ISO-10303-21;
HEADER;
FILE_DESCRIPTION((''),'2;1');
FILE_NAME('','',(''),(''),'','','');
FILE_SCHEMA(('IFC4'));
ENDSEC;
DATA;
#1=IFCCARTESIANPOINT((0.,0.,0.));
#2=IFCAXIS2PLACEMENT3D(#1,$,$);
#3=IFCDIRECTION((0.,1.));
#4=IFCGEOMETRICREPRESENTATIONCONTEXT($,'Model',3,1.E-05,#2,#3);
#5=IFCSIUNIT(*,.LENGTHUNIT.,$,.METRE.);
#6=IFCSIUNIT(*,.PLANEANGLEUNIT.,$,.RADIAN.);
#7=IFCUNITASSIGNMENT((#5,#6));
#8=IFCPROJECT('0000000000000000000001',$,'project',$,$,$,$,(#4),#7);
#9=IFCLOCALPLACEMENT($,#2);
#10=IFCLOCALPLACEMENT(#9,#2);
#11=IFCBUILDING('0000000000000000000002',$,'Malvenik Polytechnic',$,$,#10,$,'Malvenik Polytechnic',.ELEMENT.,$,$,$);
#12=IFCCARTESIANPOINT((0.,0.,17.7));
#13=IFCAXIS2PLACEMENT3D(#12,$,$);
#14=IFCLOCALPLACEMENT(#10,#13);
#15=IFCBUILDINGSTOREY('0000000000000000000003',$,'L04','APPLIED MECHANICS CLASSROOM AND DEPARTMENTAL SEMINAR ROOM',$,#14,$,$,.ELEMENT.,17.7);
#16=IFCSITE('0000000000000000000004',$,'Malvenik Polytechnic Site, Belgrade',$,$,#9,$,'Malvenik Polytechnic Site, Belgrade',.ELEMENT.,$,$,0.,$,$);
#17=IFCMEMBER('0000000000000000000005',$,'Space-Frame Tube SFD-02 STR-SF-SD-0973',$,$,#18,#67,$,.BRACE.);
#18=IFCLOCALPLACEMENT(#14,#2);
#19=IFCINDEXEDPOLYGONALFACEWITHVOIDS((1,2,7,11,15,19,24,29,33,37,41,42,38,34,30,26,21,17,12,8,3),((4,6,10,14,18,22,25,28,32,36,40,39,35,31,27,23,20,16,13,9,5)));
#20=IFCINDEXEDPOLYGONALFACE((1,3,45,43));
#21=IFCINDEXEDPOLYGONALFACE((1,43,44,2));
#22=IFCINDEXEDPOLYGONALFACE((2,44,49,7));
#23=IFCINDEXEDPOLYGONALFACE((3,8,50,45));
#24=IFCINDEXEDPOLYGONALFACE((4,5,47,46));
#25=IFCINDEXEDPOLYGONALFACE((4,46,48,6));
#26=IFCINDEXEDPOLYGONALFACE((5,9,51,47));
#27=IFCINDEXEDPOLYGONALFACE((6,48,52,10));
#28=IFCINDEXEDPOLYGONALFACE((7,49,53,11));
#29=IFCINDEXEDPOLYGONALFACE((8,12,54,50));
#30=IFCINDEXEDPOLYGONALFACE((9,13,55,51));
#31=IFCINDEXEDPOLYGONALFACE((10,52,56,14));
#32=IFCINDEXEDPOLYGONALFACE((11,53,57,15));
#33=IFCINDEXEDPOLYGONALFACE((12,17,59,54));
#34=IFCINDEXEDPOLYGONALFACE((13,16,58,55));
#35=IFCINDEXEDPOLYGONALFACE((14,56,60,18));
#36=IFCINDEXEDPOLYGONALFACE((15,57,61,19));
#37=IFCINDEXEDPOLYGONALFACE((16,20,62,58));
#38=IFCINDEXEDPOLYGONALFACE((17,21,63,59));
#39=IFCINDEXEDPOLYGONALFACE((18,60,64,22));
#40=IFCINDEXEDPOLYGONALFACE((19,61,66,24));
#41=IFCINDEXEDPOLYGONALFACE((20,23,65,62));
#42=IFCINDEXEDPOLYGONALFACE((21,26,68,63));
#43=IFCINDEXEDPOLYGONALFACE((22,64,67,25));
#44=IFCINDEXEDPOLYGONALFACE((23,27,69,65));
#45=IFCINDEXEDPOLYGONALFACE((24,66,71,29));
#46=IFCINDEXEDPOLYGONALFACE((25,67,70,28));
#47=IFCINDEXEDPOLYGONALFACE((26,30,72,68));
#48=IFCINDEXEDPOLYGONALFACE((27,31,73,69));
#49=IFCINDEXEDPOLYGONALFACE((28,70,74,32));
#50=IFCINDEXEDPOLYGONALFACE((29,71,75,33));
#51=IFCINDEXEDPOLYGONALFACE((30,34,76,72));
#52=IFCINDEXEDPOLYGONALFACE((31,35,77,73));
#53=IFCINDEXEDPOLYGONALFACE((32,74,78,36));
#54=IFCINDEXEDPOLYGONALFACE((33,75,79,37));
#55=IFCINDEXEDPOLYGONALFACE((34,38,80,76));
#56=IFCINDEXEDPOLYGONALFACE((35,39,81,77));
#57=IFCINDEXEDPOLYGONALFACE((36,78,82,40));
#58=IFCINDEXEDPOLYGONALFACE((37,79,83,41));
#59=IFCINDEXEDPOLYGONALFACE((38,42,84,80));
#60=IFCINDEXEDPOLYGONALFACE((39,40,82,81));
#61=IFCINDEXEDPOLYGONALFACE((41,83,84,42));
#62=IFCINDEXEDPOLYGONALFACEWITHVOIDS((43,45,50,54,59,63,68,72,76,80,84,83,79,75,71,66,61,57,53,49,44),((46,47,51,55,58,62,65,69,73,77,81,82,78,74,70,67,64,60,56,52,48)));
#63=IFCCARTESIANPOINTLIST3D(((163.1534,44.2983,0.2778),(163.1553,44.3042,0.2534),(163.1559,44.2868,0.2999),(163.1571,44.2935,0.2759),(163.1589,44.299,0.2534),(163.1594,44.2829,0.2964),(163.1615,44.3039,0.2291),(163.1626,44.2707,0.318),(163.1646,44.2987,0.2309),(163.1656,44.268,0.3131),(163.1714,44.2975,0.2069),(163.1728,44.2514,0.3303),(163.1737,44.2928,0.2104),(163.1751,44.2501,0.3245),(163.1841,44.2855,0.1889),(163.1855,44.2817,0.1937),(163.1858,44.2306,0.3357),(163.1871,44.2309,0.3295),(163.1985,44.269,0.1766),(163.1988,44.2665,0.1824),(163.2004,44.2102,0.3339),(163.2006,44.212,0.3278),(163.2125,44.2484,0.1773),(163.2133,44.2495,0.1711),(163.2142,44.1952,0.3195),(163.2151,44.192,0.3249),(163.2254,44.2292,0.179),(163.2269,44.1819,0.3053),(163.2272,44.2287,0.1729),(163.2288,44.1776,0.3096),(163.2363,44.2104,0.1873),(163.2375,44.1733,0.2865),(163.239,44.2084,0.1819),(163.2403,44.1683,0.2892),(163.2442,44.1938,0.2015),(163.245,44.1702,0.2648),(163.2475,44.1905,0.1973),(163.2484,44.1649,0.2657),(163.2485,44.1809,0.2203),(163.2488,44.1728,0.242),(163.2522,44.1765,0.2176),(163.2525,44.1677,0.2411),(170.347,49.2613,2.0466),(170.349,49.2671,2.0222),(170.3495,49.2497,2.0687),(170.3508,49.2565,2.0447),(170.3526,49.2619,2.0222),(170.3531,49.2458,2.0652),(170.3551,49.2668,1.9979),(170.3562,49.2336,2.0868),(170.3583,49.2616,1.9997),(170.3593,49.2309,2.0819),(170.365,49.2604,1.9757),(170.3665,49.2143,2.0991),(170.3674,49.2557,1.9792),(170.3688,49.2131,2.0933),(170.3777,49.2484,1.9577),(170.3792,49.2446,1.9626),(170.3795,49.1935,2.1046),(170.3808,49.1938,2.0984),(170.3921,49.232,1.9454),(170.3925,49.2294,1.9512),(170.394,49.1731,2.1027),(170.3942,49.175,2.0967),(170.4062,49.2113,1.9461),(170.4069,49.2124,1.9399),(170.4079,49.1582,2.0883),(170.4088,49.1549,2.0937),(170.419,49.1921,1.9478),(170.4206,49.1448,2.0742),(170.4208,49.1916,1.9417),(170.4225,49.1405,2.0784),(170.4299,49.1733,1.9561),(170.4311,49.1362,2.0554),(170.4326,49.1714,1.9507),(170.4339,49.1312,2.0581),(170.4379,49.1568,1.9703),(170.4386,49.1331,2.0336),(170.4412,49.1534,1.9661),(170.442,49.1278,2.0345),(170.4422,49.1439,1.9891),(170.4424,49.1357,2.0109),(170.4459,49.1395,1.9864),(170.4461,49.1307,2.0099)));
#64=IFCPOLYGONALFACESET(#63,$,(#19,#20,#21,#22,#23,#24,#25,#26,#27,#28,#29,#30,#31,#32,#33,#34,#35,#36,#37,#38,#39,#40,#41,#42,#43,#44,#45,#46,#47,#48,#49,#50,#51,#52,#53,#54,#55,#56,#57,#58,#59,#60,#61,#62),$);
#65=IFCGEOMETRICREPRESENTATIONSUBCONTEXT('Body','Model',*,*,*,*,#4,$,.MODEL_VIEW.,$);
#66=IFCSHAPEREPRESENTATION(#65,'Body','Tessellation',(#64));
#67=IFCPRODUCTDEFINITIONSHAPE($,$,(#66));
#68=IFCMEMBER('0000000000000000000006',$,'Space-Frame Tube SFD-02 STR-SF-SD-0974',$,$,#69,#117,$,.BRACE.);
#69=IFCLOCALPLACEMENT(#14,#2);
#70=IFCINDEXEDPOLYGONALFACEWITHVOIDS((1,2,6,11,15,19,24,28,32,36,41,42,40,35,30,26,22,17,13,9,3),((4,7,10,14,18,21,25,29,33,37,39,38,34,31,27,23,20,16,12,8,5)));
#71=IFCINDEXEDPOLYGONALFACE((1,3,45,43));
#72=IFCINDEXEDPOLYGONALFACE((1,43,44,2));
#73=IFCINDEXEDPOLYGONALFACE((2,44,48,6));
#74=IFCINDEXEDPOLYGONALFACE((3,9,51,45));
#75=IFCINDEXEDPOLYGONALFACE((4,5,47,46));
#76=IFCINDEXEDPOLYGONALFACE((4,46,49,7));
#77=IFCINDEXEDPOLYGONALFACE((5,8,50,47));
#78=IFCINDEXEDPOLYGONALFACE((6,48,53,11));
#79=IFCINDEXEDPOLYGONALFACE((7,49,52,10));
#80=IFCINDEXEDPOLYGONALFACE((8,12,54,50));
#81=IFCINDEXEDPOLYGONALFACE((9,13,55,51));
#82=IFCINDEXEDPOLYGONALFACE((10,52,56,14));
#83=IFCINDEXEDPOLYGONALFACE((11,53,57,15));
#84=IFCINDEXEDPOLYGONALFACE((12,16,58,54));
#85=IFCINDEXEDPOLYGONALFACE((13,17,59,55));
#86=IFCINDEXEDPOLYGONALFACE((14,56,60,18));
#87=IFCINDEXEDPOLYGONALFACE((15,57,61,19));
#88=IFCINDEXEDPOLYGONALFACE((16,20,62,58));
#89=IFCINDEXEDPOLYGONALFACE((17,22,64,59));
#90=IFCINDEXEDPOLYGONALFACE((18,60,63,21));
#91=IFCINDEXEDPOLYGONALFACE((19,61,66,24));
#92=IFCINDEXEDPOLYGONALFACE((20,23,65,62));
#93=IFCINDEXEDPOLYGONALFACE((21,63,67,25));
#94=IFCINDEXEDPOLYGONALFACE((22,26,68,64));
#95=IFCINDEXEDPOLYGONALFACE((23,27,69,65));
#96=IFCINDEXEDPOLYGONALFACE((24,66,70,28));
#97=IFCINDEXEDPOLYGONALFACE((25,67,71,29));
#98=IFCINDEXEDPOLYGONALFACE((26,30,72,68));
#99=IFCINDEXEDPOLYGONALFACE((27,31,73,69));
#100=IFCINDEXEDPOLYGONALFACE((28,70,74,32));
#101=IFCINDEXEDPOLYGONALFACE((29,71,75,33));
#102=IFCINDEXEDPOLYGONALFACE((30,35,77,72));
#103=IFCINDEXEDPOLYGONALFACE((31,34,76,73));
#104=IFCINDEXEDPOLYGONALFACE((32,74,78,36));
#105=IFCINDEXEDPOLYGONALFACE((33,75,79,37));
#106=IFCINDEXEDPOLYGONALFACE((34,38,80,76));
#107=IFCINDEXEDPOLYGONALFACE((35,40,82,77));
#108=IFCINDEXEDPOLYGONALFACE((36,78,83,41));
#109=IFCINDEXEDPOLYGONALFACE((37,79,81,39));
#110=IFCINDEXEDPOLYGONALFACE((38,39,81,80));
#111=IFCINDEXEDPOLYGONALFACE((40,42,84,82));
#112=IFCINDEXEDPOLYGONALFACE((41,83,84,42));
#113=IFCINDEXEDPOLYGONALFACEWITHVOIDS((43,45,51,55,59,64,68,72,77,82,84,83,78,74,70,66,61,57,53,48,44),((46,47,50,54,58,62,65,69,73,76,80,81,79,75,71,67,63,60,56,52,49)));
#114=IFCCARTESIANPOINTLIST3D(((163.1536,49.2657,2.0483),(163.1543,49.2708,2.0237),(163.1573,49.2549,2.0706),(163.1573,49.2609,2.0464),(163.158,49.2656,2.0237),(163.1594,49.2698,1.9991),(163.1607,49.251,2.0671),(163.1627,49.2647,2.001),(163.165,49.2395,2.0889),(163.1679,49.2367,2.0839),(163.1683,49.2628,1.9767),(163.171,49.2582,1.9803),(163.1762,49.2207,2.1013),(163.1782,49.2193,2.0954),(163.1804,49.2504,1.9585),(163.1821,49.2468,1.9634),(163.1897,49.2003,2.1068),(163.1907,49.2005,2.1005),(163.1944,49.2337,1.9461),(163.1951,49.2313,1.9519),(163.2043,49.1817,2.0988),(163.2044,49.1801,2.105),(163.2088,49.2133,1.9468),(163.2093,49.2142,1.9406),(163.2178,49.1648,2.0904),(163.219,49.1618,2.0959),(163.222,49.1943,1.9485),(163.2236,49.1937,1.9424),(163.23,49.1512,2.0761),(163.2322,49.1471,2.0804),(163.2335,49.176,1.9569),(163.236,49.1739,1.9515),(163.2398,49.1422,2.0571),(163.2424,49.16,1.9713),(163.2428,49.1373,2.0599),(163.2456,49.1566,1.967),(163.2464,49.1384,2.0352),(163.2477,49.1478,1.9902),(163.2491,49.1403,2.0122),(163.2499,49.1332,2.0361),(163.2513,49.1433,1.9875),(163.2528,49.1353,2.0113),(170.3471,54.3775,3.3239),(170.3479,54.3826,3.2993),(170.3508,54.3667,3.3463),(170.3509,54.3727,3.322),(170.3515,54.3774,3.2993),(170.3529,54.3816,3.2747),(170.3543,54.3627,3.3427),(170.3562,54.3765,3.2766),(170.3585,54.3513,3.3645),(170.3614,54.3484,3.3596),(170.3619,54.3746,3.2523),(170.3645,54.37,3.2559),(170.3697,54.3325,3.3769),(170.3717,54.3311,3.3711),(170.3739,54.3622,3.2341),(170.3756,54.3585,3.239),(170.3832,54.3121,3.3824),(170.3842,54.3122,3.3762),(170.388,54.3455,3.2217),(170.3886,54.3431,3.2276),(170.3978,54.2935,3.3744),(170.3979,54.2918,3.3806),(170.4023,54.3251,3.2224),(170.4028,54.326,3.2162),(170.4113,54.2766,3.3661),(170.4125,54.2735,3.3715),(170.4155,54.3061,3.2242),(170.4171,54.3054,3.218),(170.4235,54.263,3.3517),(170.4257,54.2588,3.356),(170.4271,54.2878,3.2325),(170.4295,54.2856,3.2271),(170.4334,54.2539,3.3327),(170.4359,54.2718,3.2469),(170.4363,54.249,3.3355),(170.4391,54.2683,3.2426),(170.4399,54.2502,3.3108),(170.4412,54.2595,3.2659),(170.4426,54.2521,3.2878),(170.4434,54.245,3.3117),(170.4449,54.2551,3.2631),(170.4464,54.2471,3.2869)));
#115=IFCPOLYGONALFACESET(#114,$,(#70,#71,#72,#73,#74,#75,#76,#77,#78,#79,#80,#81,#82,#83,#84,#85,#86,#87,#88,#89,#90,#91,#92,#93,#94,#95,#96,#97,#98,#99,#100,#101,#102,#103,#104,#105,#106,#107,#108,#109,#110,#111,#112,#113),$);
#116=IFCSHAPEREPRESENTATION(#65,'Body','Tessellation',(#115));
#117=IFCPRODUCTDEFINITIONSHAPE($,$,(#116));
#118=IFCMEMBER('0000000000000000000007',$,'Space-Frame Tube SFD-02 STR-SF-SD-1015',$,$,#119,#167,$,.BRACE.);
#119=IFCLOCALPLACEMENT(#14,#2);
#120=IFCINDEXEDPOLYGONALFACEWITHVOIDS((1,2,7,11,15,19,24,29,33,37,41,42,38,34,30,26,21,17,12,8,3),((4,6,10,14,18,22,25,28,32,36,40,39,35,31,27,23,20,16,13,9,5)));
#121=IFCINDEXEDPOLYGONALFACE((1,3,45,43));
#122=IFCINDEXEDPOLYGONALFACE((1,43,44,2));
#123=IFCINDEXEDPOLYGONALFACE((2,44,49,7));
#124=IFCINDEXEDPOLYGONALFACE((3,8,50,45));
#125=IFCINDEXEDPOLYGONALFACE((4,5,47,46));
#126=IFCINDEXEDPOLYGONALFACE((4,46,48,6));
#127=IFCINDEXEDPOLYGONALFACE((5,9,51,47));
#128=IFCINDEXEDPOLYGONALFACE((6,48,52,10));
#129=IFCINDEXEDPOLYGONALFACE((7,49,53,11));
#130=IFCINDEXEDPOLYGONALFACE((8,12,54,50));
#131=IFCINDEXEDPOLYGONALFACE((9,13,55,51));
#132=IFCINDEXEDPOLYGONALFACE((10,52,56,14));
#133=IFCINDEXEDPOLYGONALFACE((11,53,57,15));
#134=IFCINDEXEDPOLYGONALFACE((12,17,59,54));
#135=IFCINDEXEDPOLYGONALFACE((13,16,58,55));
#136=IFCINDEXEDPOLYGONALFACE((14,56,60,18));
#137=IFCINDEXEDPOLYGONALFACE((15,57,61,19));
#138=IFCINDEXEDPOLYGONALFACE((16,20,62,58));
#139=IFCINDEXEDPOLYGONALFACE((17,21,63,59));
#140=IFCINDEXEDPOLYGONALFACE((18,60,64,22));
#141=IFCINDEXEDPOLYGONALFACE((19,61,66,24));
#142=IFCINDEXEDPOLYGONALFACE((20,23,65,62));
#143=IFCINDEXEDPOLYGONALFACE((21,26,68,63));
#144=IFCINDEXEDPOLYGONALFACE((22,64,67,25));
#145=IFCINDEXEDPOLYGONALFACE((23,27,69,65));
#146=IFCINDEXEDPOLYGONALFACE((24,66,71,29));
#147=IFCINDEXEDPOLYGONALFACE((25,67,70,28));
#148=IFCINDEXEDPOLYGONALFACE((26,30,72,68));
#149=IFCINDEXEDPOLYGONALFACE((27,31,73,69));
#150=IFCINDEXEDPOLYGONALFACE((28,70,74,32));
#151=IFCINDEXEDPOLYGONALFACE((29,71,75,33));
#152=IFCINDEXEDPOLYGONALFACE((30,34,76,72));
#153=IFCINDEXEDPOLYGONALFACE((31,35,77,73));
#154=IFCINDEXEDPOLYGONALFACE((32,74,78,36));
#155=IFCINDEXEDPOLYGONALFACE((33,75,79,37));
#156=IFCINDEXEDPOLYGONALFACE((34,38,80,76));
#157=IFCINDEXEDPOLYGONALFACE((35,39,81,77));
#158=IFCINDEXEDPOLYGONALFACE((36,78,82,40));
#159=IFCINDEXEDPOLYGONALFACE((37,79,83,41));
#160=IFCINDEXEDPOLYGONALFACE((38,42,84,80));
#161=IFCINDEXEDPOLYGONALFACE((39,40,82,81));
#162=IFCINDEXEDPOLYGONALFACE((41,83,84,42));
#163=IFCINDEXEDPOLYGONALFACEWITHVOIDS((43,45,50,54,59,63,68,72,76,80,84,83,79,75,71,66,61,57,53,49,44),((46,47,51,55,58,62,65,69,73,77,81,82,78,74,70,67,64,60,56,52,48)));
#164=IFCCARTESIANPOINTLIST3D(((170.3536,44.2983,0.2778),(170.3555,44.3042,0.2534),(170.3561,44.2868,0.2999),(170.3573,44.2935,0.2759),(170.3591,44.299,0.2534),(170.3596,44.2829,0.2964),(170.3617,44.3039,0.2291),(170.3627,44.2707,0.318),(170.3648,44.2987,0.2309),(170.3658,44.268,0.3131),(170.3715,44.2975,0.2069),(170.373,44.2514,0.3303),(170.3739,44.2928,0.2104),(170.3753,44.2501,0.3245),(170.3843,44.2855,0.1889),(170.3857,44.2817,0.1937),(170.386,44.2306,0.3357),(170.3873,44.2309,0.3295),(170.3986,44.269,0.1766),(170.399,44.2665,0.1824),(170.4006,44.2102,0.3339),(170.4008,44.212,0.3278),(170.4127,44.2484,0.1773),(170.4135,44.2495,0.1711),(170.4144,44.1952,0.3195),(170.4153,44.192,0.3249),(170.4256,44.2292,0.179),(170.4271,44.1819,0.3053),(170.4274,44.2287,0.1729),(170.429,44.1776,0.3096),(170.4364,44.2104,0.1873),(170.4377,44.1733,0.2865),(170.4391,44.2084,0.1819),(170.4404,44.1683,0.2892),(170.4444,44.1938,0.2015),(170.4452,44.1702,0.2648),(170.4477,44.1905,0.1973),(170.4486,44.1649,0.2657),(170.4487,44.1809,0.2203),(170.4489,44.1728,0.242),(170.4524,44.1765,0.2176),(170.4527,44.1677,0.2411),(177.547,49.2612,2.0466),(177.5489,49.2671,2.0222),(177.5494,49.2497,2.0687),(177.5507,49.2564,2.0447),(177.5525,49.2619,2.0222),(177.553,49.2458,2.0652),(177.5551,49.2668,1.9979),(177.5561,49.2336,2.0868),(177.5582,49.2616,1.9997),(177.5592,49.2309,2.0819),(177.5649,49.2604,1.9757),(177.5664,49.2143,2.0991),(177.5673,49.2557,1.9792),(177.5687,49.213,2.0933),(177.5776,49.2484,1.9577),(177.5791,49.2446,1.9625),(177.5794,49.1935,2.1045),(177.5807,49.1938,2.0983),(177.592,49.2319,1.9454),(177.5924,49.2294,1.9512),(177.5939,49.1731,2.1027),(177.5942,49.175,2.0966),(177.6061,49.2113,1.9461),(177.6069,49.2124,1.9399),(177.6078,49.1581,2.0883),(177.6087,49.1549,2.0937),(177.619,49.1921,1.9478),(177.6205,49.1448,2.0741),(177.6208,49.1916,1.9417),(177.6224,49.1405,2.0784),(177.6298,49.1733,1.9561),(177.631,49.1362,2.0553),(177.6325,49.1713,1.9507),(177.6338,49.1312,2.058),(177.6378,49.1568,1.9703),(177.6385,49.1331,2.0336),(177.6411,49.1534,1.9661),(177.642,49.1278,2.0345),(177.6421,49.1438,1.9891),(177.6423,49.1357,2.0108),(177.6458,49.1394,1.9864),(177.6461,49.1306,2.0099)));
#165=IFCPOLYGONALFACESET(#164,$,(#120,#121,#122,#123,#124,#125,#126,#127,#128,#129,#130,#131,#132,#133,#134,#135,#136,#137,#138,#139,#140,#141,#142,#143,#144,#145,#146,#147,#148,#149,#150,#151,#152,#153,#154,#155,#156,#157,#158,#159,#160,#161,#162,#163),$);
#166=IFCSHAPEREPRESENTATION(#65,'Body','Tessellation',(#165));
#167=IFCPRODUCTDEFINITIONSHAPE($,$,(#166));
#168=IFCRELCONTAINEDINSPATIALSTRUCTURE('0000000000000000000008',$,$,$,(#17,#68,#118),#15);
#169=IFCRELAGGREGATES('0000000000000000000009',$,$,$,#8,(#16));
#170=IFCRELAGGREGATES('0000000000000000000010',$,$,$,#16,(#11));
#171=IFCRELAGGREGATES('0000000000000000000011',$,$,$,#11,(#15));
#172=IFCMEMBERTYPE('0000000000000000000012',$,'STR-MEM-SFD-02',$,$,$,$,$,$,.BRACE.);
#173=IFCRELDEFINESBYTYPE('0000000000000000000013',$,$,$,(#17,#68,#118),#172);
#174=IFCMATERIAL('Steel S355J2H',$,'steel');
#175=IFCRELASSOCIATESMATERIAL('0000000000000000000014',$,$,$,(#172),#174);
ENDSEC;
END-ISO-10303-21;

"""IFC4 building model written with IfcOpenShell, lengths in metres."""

from ifc_helpers import new_model, si_unit, direction, frame, origin, origin_2d, place, context, subcontext, project, spatial, hollow_circle, extrude, material, material_profile, profile_set, type_object, element, save


model = new_model("IFC4")

# Units and contexts
model_context = context("Model", 3, precision=1e-05, world=origin(), true_north=direction((0.0, 1.0)))
body_context = subcontext(model_context, "Body", "Model", "MODEL_VIEW")
ifc_project = project(units=[si_unit("LENGTHUNIT", "METRE"), si_unit("PLANEANGLEUNIT", "RADIAN")], contexts=[model_context])

# Site, building, storey
site_placement = place(None, origin())
site = spatial("IfcSite", under=ifc_project, at=site_placement, Name="Malvenik Polytechnic Site, Belgrade", LongName="Malvenik Polytechnic Site, Belgrade", CompositionType="ELEMENT", RefElevation=0.0)
building_placement = place(site_placement, origin())
building = spatial("IfcBuilding", under=site, at=building_placement, Name="Malvenik Polytechnic", LongName="Malvenik Polytechnic", CompositionType="ELEMENT")
storey_placement = place(building_placement, frame((0.0, 0.0, 17.7)))
storey = spatial("IfcBuildingStorey", under=building, at=storey_placement, Name="L04", Description="APPLIED MECHANICS CLASSROOM AND DEPARTMENTAL SEMINAR ROOM", CompositionType="ELEMENT", Elevation=17.7)

# Members
ifc_material = material(Name="Steel S355J2H", Category="steel")
ifc_material_profile_1 = material_profile(ifc_material, hollow_circle(Radius=0.0842, WallThickness=0.0063, at=origin_2d()), Name="CHS 168.3x6.3")
ifc_profile_set_1 = profile_set([ifc_material_profile_1], Name="Steel S355J2H")
member_type_1 = type_object("IfcMemberType", Name="STR-MEM-SFD-02", PredefinedType="BRACE", material=ifc_profile_set_1)
member_1_placement = place(storey_placement, frame((163.2031, 44.2349, 0.2534), z_axis=(0.80676, 0.556586, 0.19837), x_axis=(-0.567871, 0.823117, 0.0)))
element("IfcMember", 1, at=member_1_placement, inside=storey, type_object=member_type_1, Name="Space-Frame Tube SFD-02 STR-SF-SD-0973", PredefinedType="BRACE", context=body_context, shape_type="SweptSolid", body=[
    extrude(hollow_circle(Radius=0.0842, WallThickness=0.0063, at=origin_2d()), origin(), (0.0, 0.0, 1.0), 8.9167),
])
for number, where, z_axis, x_axis, name in (
    (2, (163.2031, 49.2021, 2.0237), (0.806765, 0.573292, 0.143063), (-0.57925, 0.81515, 0.0), "Space-Frame Tube SFD-02 STR-SF-SD-0974"),
    (3, (170.4033, 44.2349, 0.2534), (0.80675, 0.556598, 0.198374), (-0.567884, 0.823108, 0.0), "Space-Frame Tube SFD-02 STR-SF-SD-1015"),
):
    element("IfcMember", number, at=place(storey_placement, frame(where, z_axis=z_axis, x_axis=x_axis)), inside=storey, type_object=member_type_1, Name=name, PredefinedType="BRACE", context=body_context, shape_type="SweptSolid", body=[
        extrude(hollow_circle(Radius=0.0842, WallThickness=0.0063, at=origin_2d()), origin(), (0.0, 0.0, 1.0), 8.9165),
    ])

save(model, "model.ifc")
